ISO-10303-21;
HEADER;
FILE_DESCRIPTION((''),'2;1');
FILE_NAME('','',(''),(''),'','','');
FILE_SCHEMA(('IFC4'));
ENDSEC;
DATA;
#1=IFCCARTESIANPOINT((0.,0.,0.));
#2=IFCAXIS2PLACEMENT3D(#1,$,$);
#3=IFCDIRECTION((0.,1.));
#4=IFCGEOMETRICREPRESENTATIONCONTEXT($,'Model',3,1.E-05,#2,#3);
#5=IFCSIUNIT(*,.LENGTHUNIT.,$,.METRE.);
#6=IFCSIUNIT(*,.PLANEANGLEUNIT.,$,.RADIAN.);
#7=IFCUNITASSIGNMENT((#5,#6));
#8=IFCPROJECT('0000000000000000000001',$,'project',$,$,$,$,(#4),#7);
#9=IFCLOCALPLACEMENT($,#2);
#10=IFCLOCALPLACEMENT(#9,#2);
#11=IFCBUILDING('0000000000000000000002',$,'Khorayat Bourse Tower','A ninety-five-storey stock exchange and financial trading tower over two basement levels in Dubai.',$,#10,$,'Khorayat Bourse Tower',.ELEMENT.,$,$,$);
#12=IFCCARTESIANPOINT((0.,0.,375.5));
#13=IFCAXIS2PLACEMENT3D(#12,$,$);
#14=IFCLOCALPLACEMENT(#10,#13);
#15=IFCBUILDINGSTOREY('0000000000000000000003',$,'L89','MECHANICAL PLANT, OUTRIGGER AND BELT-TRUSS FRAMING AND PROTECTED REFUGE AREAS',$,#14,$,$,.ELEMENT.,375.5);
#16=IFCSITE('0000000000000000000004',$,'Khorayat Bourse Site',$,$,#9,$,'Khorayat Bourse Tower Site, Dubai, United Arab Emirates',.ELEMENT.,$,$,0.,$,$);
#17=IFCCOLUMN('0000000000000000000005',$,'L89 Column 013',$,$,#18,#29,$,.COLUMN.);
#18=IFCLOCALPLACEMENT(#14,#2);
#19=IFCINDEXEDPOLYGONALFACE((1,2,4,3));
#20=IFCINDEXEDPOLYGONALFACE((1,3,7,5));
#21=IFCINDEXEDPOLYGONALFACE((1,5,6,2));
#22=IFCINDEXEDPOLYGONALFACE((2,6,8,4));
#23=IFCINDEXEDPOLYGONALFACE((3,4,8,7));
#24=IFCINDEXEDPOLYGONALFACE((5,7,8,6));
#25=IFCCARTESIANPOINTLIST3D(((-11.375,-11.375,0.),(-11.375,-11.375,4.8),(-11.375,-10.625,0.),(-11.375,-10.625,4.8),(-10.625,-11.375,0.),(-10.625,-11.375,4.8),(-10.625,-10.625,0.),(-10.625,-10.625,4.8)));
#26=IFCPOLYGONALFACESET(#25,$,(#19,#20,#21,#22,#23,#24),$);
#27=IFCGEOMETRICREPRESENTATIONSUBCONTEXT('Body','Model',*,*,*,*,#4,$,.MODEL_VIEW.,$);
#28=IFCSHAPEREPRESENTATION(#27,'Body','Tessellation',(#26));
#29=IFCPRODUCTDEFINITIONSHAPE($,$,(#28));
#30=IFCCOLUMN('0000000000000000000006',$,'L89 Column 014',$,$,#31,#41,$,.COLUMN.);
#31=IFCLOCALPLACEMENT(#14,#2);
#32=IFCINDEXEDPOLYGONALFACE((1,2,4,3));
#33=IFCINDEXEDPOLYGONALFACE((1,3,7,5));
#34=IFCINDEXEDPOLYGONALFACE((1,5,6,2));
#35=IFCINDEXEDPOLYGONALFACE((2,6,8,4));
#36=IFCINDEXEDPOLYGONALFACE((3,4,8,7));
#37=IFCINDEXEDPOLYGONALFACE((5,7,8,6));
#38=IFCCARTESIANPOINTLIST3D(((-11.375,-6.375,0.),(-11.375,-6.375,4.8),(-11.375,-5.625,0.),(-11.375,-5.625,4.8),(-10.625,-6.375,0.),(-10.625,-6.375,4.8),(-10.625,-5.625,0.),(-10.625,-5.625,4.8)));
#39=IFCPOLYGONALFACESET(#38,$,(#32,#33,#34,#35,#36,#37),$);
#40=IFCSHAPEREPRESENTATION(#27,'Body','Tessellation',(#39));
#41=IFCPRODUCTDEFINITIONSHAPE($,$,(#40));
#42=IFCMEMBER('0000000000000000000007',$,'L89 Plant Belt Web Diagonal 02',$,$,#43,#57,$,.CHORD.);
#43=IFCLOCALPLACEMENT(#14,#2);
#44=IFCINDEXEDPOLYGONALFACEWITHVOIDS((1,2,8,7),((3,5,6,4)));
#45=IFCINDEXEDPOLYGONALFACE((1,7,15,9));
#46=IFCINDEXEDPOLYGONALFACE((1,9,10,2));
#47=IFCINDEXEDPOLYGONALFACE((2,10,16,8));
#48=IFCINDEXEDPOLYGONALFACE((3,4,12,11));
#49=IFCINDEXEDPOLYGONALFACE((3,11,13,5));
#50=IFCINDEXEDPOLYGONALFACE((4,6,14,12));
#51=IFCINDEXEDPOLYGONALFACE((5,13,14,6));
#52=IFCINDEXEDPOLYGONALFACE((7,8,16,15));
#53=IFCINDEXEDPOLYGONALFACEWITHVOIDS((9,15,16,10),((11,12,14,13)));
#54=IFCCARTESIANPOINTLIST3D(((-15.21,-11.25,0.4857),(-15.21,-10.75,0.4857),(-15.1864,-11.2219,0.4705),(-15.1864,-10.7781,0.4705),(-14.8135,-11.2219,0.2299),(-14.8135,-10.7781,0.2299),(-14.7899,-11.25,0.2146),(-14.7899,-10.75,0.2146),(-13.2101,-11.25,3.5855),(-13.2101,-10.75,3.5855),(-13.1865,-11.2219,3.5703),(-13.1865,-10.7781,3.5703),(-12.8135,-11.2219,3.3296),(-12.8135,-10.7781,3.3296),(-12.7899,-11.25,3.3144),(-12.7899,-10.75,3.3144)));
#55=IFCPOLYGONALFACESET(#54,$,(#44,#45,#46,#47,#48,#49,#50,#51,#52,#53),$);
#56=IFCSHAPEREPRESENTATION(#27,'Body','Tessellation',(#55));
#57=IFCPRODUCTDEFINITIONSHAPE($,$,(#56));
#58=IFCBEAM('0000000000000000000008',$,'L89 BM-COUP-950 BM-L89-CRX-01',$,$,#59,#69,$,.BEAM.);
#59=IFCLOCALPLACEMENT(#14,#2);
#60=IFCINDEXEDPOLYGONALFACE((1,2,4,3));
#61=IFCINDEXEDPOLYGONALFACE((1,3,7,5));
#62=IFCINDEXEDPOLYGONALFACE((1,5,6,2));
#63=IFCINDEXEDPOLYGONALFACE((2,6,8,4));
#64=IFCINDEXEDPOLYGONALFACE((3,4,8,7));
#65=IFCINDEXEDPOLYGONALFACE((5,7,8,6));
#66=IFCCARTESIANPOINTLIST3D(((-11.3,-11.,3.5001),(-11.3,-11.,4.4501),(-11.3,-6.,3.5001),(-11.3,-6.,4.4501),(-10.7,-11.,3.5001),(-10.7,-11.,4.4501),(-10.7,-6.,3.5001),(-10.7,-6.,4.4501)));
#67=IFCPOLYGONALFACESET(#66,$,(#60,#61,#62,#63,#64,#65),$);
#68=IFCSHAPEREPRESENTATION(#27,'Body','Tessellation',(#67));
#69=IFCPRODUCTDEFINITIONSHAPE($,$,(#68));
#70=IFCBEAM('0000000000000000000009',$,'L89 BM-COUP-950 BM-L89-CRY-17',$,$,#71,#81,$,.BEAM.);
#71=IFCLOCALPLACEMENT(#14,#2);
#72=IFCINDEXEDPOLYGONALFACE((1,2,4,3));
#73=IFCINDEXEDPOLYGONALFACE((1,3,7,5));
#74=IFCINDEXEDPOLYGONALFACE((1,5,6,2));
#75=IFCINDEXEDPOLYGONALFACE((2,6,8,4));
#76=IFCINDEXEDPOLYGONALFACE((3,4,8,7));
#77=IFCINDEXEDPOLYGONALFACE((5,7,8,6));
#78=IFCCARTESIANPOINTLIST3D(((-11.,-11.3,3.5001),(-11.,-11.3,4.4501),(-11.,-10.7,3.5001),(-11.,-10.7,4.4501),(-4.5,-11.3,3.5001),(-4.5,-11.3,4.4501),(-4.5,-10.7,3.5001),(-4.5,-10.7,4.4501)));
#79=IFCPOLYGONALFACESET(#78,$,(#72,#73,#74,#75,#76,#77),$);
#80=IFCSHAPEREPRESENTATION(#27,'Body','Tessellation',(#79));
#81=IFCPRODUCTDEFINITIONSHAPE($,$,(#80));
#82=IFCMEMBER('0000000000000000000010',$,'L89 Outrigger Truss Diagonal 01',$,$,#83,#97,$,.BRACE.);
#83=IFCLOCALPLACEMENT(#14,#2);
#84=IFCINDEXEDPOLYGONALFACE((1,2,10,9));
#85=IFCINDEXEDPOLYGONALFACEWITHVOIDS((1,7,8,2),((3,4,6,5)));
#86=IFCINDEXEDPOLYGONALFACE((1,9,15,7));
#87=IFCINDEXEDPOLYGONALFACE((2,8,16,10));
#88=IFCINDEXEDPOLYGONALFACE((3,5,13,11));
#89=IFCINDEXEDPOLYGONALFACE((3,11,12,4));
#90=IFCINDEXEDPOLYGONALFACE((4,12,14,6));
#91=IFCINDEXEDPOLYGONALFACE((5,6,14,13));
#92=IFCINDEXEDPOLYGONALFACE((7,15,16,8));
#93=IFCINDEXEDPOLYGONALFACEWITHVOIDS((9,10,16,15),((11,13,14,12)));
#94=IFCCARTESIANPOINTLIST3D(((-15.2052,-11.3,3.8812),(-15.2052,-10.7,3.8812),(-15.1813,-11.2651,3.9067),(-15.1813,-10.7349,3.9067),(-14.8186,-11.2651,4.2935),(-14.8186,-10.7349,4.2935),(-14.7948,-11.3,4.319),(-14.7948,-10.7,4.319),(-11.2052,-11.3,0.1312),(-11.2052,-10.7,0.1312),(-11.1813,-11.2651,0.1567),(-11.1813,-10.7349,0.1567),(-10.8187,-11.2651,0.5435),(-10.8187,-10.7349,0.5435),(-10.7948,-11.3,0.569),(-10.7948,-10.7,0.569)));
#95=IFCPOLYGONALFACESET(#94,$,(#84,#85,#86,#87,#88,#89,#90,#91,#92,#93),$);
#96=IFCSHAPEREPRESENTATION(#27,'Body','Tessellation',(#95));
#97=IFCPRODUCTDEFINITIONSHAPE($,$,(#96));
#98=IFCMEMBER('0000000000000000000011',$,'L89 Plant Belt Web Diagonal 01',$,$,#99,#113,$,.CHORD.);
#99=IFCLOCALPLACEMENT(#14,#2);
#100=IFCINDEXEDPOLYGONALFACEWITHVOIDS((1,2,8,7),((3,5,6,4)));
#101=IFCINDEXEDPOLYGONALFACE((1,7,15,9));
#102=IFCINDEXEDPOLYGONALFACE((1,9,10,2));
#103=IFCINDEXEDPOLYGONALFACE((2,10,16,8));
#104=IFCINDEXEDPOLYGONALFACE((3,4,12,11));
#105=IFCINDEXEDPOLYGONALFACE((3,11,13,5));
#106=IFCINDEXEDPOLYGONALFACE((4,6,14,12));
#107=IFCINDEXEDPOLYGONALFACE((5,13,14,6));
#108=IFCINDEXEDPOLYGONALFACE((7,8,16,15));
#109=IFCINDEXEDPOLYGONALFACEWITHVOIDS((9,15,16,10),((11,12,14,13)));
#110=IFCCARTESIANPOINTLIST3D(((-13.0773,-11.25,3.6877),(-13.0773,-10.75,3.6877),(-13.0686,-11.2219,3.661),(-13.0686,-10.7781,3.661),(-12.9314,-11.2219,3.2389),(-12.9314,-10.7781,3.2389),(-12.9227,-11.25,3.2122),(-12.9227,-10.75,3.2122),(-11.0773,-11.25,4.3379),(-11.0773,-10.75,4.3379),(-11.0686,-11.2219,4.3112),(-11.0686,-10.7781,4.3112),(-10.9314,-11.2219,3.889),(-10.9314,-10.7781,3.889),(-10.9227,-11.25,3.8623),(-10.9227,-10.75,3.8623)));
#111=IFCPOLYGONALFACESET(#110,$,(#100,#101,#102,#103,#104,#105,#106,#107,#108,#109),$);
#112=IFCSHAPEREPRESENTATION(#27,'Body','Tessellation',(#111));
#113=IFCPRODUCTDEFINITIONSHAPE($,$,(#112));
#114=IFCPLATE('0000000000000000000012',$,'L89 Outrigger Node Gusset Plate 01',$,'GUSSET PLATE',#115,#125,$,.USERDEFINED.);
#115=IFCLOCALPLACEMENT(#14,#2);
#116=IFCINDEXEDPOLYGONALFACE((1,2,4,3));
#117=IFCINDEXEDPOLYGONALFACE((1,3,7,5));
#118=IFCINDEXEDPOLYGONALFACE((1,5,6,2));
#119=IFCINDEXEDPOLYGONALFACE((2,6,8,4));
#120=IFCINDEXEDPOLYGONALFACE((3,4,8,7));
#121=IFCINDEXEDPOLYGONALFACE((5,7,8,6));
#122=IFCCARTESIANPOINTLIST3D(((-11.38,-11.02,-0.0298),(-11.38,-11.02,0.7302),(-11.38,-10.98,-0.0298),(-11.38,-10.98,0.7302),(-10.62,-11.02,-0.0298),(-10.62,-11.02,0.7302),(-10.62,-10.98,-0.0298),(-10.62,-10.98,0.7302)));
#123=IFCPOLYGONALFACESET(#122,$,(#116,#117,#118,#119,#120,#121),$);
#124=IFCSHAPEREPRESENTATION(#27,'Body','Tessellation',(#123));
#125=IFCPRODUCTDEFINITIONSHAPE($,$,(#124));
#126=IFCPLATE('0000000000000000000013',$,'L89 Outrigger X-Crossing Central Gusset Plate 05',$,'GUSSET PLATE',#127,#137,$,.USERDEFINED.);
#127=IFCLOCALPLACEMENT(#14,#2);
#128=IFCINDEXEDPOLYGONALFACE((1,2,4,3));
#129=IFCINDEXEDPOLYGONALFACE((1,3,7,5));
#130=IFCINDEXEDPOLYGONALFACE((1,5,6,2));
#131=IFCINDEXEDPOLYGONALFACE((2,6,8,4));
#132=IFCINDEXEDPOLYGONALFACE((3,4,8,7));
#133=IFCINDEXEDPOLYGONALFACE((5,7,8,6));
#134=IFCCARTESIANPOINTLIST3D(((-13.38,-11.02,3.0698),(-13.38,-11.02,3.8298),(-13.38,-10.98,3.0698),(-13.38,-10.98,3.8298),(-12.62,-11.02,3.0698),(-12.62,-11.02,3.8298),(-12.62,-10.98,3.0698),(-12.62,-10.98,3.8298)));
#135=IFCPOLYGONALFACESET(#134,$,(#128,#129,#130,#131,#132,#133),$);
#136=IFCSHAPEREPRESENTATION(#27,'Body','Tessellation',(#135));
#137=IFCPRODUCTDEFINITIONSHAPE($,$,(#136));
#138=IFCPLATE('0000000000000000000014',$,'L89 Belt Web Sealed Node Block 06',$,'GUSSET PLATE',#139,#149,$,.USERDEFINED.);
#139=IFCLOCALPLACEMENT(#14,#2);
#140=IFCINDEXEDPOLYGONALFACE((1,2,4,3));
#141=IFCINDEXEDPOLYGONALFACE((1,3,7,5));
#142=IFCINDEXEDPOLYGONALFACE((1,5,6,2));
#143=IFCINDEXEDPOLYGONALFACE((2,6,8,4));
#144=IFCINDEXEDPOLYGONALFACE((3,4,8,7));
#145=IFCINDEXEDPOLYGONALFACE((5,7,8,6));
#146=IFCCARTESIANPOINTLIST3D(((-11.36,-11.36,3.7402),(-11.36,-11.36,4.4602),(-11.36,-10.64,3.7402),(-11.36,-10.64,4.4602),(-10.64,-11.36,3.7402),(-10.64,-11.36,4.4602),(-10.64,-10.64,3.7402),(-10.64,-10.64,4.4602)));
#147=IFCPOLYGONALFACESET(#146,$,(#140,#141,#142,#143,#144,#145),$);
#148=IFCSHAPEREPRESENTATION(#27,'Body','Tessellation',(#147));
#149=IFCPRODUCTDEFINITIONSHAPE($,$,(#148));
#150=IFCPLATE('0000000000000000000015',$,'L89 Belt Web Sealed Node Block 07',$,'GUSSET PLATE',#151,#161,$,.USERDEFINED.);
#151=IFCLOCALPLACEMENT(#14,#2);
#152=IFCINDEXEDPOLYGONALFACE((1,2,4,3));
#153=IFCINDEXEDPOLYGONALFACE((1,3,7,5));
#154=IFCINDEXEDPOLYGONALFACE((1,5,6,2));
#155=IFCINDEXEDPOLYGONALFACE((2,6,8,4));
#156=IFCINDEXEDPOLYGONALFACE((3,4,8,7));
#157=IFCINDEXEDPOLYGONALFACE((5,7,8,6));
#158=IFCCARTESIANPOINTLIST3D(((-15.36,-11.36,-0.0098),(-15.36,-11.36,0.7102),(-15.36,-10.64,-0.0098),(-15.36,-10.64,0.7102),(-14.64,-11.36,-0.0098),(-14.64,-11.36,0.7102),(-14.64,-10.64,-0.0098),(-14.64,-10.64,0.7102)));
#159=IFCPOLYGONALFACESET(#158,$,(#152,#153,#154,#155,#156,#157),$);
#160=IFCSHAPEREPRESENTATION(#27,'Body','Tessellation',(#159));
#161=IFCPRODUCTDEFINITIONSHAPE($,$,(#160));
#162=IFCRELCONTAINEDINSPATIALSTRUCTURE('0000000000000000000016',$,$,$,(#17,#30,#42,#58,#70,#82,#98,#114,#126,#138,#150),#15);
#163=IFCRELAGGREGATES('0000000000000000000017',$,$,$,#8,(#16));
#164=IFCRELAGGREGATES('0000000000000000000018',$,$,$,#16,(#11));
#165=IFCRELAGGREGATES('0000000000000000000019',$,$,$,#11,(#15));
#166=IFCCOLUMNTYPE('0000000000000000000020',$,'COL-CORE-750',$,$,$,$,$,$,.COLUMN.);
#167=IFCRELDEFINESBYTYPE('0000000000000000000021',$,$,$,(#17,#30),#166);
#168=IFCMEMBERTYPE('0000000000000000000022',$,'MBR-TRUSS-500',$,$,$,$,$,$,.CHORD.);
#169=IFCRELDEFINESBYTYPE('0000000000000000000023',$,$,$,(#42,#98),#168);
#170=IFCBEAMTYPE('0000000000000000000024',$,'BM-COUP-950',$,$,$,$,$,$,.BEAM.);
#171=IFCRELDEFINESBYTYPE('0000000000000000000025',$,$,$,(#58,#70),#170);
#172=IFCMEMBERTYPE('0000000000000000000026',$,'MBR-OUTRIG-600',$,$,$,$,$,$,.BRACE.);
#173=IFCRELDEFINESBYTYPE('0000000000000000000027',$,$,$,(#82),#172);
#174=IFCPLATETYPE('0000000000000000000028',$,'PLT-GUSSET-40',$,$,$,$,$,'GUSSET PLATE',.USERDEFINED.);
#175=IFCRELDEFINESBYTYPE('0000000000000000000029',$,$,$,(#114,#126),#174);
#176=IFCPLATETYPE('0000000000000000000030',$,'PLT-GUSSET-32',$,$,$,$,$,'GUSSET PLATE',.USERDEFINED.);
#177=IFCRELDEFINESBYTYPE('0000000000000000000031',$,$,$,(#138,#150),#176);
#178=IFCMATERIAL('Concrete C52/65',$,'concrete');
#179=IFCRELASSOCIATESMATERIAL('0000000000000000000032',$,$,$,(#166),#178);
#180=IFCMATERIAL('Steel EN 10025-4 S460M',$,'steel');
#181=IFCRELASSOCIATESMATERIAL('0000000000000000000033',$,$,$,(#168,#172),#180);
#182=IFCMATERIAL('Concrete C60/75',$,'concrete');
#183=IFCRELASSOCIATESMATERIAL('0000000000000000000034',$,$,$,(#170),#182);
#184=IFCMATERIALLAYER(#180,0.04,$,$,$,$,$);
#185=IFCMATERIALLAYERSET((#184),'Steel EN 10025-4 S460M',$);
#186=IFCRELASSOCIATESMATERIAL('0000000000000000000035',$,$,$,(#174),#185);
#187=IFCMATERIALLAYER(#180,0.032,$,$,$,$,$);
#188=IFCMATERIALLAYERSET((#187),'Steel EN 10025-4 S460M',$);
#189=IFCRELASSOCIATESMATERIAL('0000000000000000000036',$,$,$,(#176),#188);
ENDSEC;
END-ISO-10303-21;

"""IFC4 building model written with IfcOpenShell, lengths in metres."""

from ifc_helpers import new_model, si_unit, direction, frame, origin, origin_2d, place, context, subcontext, project, spatial, rectangle, hollow_rectangle, extrude, source, transform, mapped, material, layer, layer_set, material_profile, profile_set, type_object, element, save


model = new_model("IFC4")

# Units and contexts
model_context = context("Model", 3, precision=1e-05, world=origin(), true_north=direction((0.0, 1.0)))
body_context = subcontext(model_context, "Body", "Model", "MODEL_VIEW")
ifc_project = project(units=[si_unit("LENGTHUNIT", "METRE"), si_unit("PLANEANGLEUNIT", "RADIAN")], contexts=[model_context])

# Site, building, storey
site_placement = place(None, origin())
site = spatial("IfcSite", under=ifc_project, at=site_placement, Name="Khorayat Bourse Site", LongName="Khorayat Bourse Tower Site, Dubai, United Arab Emirates", CompositionType="ELEMENT", RefElevation=0.0)
building_placement = place(site_placement, origin())
building = spatial("IfcBuilding", under=site, at=building_placement, Name="Khorayat Bourse Tower", Description="A ninety-five-storey stock exchange and financial trading tower over two basement levels in Dubai.", LongName="Khorayat Bourse Tower", CompositionType="ELEMENT")
storey_placement = place(building_placement, frame((0.0, 0.0, 375.5)))
storey = spatial("IfcBuildingStorey", under=building, at=storey_placement, Name="L89", Description="MECHANICAL PLANT, OUTRIGGER AND BELT-TRUSS FRAMING AND PROTECTED REFUGE AREAS", CompositionType="ELEMENT", Elevation=375.5)

# Columns
ifc_material_1 = material(Name="Concrete C52/65", Category="concrete")
ifc_material_profile_1 = material_profile(ifc_material_1, rectangle(XDim=0.75, YDim=0.75, at=origin_2d()), Name="RC 750x750")
ifc_profile_set_1 = profile_set([ifc_material_profile_1], Name="Concrete C52/65")
column_type = type_object("IfcColumnType", Name="COL-CORE-750", PredefinedType="COLUMN", material=ifc_profile_set_1)
shared_shape_1 = source(origin(), body_context, "Body", "SweptSolid", [
    extrude(rectangle(XDim=0.75, YDim=0.75, at=origin_2d()), origin(), (0.0, 0.0, 1.0), 4.8),
])
for number, where, z_axis, x_axis, name in (
    (1, (-11.0, -11.0, 0.0), (0.0, 0.0, 1.0), (1.0, 0.0, 0.0), "L89 Column 013"),
    (2, (-11.0, -6.0, 0.0), (0.0, 0.0, 1.0), (1.0, 0.0, 0.0), "L89 Column 014"),
):
    element("IfcColumn", number, at=place(storey_placement, frame(where, z_axis=z_axis, x_axis=x_axis)), inside=storey, type_object=column_type, Name=name, PredefinedType="COLUMN", context=body_context, shape_type="MappedRepresentation", body=[
        mapped(shared_shape_1, transform((0.0, 0.0, 0.0), scale=1.0)),
    ])

# Member
ifc_material_2 = material(Name="Steel EN 10025-4 S460M", Category="steel")
ifc_material_profile_2 = material_profile(ifc_material_2, hollow_rectangle(XDim=0.5, YDim=0.5, WallThickness=0.0281, at=origin_2d()), Name="HSS 500x500x28")
ifc_profile_set_2 = profile_set([ifc_material_profile_2], Name="Steel EN 10025-4 S460M")
member_type_1 = type_object("IfcMemberType", Name="MBR-TRUSS-500", PredefinedType="CHORD", material=ifc_profile_set_2)
shared_shape_2 = source(origin(), body_context, "Body", "SweptSolid", [
    extrude(hollow_rectangle(XDim=0.5, YDim=0.5, WallThickness=0.0281, at=origin_2d()), origin(), (0.0, 0.0, 1.0), 3.689),
])
member_1_placement = place(storey_placement, frame((-13.0, -11.0, 3.45), z_axis=(-0.542145, 0.0, -0.840285), x_axis=(0.0, -1.0, 0.0)))
element("IfcMember", 3, at=member_1_placement, inside=storey, type_object=member_type_1, Name="L89 Plant Belt Web Diagonal 02", PredefinedType="CHORD", context=body_context, shape_type="MappedRepresentation", body=[
    mapped(shared_shape_2, transform((0.0, 0.0, 0.0), scale=1.0)),
])

# Beams
ifc_material_3 = material(Name="Concrete C60/75", Category="concrete")
ifc_material_profile_3 = material_profile(ifc_material_3, rectangle(XDim=0.6001, YDim=0.95, at=origin_2d()), Name="RC 600x950")
ifc_profile_set_3 = profile_set([ifc_material_profile_3], Name="Concrete C60/75")
beam_type = type_object("IfcBeamType", Name="BM-COUP-950", PredefinedType="BEAM", material=ifc_profile_set_3)
shared_shape_3 = source(origin(), body_context, "Body", "SweptSolid", [
    extrude(rectangle(XDim=0.6001, YDim=0.95, at=origin_2d()), origin(), (0.0, 0.0, 1.0), 5.0),
])
beam_1_placement = place(storey_placement, frame((-11.0, -11.0, 3.9751), z_axis=(0.0, 1.0, 0.0), x_axis=(-1.0, 0.0, 0.0)))
element("IfcBeam", 4, at=beam_1_placement, inside=storey, type_object=beam_type, Name="L89 BM-COUP-950 BM-L89-CRX-01", PredefinedType="BEAM", context=body_context, shape_type="MappedRepresentation", body=[
    mapped(shared_shape_3, transform((0.0, 0.0, 0.0), scale=1.0)),
])
shared_shape_4 = source(origin(), body_context, "Body", "SweptSolid", [
    extrude(rectangle(XDim=0.6001, YDim=0.95, at=origin_2d()), origin(), (0.0, 0.0, 1.0), 6.5),
])
beam_2_placement = place(storey_placement, frame((-11.0, -11.0, 3.9751), z_axis=(1.0, 0.0, 0.0), x_axis=(0.0, 1.0, 0.0)))
element("IfcBeam", 5, at=beam_2_placement, inside=storey, type_object=beam_type, Name="L89 BM-COUP-950 BM-L89-CRY-17", PredefinedType="BEAM", context=body_context, shape_type="MappedRepresentation", body=[
    mapped(shared_shape_4, transform((0.0, 0.0, 0.0), scale=1.0)),
])

# Members
ifc_material_profile_4 = material_profile(ifc_material_2, hollow_rectangle(XDim=0.6001, YDim=0.6001, WallThickness=0.0349, at=origin_2d()), Name="BOX 600x600x35")
ifc_profile_set_4 = profile_set([ifc_material_profile_4], Name="Steel EN 10025-4 S460M")
member_type_2 = type_object("IfcMemberType", Name="MBR-OUTRIG-600", PredefinedType="BRACE", material=ifc_profile_set_4)
shared_shape_5 = source(origin(), body_context, "Body", "SweptSolid", [
    extrude(hollow_rectangle(XDim=0.6001, YDim=0.6001, WallThickness=0.0349, at=origin_2d()), origin(), (0.0, 0.0, 1.0), 5.4829),
])
member_2_placement = place(storey_placement, frame((-11.0, -11.0, 0.3501), z_axis=(-0.729537, 0.0, 0.683941), x_axis=(0.0, -1.0, 0.0)))
element("IfcMember", 6, at=member_2_placement, inside=storey, type_object=member_type_2, Name="L89 Outrigger Truss Diagonal 01", PredefinedType="BRACE", context=body_context, shape_type="MappedRepresentation", body=[
    mapped(shared_shape_5, transform((0.0, 0.0, 0.0), scale=1.0)),
])
shared_shape_6 = source(origin(), body_context, "Body", "SweptSolid", [
    extrude(hollow_rectangle(XDim=0.5, YDim=0.5, WallThickness=0.0281, at=origin_2d()), origin(), (0.0, 0.0, 1.0), 2.103),
])
member_3_placement = place(storey_placement, frame((-11.0, -11.0, 4.1001), z_axis=(-0.951014, 0.0, -0.309149), x_axis=(0.0, -1.0, 0.0)))
element("IfcMember", 7, at=member_3_placement, inside=storey, type_object=member_type_1, Name="L89 Plant Belt Web Diagonal 01", PredefinedType="CHORD", context=body_context, shape_type="MappedRepresentation", body=[
    mapped(shared_shape_6, transform((0.0, 0.0, 0.0), scale=1.0)),
])

# Plates
ifc_layer_1 = layer(ifc_material_2, 0.04)
ifc_layer_set_1 = layer_set([ifc_layer_1], Name="Steel EN 10025-4 S460M")
plate_type_1 = type_object("IfcPlateType", Name="PLT-GUSSET-40", ElementType="GUSSET PLATE", PredefinedType="USERDEFINED", material=ifc_layer_set_1)
shared_shape_7 = source(origin(), body_context, "Body", "SweptSolid", [
    extrude(rectangle(XDim=0.76, YDim=0.04, at=origin_2d()), origin(), (0.0, 0.0, 1.0), 0.76),
])
for number, where, z_axis, x_axis, name in (
    (8, (-11.0, -11.0, -0.0298), (0.0, 0.0, 1.0), (1.0, 0.0, 0.0), "L89 Outrigger Node Gusset Plate 01"),
    (9, (-13.0, -11.0, 3.0698), (0.0, 0.0, 1.0), (1.0, 0.0, 0.0), "L89 Outrigger X-Crossing Central Gusset Plate 05"),
):
    element("IfcPlate", number, at=place(storey_placement, frame(where, z_axis=z_axis, x_axis=x_axis)), inside=storey, type_object=plate_type_1, Name=name, ObjectType="GUSSET PLATE", PredefinedType="USERDEFINED", context=body_context, shape_type="MappedRepresentation", body=[
        mapped(shared_shape_7, transform((0.0, 0.0, 0.0), scale=1.0)),
    ])
ifc_layer_2 = layer(ifc_material_2, 0.032)
ifc_layer_set_2 = layer_set([ifc_layer_2], Name="Steel EN 10025-4 S460M")
plate_type_2 = type_object("IfcPlateType", Name="PLT-GUSSET-32", ElementType="GUSSET PLATE", PredefinedType="USERDEFINED", material=ifc_layer_set_2)
shared_shape_8 = source(origin(), body_context, "Body", "SweptSolid", [
    extrude(rectangle(XDim=0.72, YDim=0.72, at=origin_2d()), origin(), (0.0, 0.0, 1.0), 0.72),
])
for number, where, z_axis, x_axis, name in (
    (10, (-11.0, -11.0, 3.7402), (0.0, 0.0, 1.0), (1.0, 0.0, 0.0), "L89 Belt Web Sealed Node Block 06"),
    (11, (-15.0, -11.0, -0.0098), (0.0, 0.0, 1.0), (1.0, 0.0, 0.0), "L89 Belt Web Sealed Node Block 07"),
):
    element("IfcPlate", number, at=place(storey_placement, frame(where, z_axis=z_axis, x_axis=x_axis)), inside=storey, type_object=plate_type_2, Name=name, ObjectType="GUSSET PLATE", PredefinedType="USERDEFINED", context=body_context, shape_type="MappedRepresentation", body=[
        mapped(shared_shape_8, transform((0.0, 0.0, 0.0), scale=1.0)),
    ])

save(model, "model.ifc")
